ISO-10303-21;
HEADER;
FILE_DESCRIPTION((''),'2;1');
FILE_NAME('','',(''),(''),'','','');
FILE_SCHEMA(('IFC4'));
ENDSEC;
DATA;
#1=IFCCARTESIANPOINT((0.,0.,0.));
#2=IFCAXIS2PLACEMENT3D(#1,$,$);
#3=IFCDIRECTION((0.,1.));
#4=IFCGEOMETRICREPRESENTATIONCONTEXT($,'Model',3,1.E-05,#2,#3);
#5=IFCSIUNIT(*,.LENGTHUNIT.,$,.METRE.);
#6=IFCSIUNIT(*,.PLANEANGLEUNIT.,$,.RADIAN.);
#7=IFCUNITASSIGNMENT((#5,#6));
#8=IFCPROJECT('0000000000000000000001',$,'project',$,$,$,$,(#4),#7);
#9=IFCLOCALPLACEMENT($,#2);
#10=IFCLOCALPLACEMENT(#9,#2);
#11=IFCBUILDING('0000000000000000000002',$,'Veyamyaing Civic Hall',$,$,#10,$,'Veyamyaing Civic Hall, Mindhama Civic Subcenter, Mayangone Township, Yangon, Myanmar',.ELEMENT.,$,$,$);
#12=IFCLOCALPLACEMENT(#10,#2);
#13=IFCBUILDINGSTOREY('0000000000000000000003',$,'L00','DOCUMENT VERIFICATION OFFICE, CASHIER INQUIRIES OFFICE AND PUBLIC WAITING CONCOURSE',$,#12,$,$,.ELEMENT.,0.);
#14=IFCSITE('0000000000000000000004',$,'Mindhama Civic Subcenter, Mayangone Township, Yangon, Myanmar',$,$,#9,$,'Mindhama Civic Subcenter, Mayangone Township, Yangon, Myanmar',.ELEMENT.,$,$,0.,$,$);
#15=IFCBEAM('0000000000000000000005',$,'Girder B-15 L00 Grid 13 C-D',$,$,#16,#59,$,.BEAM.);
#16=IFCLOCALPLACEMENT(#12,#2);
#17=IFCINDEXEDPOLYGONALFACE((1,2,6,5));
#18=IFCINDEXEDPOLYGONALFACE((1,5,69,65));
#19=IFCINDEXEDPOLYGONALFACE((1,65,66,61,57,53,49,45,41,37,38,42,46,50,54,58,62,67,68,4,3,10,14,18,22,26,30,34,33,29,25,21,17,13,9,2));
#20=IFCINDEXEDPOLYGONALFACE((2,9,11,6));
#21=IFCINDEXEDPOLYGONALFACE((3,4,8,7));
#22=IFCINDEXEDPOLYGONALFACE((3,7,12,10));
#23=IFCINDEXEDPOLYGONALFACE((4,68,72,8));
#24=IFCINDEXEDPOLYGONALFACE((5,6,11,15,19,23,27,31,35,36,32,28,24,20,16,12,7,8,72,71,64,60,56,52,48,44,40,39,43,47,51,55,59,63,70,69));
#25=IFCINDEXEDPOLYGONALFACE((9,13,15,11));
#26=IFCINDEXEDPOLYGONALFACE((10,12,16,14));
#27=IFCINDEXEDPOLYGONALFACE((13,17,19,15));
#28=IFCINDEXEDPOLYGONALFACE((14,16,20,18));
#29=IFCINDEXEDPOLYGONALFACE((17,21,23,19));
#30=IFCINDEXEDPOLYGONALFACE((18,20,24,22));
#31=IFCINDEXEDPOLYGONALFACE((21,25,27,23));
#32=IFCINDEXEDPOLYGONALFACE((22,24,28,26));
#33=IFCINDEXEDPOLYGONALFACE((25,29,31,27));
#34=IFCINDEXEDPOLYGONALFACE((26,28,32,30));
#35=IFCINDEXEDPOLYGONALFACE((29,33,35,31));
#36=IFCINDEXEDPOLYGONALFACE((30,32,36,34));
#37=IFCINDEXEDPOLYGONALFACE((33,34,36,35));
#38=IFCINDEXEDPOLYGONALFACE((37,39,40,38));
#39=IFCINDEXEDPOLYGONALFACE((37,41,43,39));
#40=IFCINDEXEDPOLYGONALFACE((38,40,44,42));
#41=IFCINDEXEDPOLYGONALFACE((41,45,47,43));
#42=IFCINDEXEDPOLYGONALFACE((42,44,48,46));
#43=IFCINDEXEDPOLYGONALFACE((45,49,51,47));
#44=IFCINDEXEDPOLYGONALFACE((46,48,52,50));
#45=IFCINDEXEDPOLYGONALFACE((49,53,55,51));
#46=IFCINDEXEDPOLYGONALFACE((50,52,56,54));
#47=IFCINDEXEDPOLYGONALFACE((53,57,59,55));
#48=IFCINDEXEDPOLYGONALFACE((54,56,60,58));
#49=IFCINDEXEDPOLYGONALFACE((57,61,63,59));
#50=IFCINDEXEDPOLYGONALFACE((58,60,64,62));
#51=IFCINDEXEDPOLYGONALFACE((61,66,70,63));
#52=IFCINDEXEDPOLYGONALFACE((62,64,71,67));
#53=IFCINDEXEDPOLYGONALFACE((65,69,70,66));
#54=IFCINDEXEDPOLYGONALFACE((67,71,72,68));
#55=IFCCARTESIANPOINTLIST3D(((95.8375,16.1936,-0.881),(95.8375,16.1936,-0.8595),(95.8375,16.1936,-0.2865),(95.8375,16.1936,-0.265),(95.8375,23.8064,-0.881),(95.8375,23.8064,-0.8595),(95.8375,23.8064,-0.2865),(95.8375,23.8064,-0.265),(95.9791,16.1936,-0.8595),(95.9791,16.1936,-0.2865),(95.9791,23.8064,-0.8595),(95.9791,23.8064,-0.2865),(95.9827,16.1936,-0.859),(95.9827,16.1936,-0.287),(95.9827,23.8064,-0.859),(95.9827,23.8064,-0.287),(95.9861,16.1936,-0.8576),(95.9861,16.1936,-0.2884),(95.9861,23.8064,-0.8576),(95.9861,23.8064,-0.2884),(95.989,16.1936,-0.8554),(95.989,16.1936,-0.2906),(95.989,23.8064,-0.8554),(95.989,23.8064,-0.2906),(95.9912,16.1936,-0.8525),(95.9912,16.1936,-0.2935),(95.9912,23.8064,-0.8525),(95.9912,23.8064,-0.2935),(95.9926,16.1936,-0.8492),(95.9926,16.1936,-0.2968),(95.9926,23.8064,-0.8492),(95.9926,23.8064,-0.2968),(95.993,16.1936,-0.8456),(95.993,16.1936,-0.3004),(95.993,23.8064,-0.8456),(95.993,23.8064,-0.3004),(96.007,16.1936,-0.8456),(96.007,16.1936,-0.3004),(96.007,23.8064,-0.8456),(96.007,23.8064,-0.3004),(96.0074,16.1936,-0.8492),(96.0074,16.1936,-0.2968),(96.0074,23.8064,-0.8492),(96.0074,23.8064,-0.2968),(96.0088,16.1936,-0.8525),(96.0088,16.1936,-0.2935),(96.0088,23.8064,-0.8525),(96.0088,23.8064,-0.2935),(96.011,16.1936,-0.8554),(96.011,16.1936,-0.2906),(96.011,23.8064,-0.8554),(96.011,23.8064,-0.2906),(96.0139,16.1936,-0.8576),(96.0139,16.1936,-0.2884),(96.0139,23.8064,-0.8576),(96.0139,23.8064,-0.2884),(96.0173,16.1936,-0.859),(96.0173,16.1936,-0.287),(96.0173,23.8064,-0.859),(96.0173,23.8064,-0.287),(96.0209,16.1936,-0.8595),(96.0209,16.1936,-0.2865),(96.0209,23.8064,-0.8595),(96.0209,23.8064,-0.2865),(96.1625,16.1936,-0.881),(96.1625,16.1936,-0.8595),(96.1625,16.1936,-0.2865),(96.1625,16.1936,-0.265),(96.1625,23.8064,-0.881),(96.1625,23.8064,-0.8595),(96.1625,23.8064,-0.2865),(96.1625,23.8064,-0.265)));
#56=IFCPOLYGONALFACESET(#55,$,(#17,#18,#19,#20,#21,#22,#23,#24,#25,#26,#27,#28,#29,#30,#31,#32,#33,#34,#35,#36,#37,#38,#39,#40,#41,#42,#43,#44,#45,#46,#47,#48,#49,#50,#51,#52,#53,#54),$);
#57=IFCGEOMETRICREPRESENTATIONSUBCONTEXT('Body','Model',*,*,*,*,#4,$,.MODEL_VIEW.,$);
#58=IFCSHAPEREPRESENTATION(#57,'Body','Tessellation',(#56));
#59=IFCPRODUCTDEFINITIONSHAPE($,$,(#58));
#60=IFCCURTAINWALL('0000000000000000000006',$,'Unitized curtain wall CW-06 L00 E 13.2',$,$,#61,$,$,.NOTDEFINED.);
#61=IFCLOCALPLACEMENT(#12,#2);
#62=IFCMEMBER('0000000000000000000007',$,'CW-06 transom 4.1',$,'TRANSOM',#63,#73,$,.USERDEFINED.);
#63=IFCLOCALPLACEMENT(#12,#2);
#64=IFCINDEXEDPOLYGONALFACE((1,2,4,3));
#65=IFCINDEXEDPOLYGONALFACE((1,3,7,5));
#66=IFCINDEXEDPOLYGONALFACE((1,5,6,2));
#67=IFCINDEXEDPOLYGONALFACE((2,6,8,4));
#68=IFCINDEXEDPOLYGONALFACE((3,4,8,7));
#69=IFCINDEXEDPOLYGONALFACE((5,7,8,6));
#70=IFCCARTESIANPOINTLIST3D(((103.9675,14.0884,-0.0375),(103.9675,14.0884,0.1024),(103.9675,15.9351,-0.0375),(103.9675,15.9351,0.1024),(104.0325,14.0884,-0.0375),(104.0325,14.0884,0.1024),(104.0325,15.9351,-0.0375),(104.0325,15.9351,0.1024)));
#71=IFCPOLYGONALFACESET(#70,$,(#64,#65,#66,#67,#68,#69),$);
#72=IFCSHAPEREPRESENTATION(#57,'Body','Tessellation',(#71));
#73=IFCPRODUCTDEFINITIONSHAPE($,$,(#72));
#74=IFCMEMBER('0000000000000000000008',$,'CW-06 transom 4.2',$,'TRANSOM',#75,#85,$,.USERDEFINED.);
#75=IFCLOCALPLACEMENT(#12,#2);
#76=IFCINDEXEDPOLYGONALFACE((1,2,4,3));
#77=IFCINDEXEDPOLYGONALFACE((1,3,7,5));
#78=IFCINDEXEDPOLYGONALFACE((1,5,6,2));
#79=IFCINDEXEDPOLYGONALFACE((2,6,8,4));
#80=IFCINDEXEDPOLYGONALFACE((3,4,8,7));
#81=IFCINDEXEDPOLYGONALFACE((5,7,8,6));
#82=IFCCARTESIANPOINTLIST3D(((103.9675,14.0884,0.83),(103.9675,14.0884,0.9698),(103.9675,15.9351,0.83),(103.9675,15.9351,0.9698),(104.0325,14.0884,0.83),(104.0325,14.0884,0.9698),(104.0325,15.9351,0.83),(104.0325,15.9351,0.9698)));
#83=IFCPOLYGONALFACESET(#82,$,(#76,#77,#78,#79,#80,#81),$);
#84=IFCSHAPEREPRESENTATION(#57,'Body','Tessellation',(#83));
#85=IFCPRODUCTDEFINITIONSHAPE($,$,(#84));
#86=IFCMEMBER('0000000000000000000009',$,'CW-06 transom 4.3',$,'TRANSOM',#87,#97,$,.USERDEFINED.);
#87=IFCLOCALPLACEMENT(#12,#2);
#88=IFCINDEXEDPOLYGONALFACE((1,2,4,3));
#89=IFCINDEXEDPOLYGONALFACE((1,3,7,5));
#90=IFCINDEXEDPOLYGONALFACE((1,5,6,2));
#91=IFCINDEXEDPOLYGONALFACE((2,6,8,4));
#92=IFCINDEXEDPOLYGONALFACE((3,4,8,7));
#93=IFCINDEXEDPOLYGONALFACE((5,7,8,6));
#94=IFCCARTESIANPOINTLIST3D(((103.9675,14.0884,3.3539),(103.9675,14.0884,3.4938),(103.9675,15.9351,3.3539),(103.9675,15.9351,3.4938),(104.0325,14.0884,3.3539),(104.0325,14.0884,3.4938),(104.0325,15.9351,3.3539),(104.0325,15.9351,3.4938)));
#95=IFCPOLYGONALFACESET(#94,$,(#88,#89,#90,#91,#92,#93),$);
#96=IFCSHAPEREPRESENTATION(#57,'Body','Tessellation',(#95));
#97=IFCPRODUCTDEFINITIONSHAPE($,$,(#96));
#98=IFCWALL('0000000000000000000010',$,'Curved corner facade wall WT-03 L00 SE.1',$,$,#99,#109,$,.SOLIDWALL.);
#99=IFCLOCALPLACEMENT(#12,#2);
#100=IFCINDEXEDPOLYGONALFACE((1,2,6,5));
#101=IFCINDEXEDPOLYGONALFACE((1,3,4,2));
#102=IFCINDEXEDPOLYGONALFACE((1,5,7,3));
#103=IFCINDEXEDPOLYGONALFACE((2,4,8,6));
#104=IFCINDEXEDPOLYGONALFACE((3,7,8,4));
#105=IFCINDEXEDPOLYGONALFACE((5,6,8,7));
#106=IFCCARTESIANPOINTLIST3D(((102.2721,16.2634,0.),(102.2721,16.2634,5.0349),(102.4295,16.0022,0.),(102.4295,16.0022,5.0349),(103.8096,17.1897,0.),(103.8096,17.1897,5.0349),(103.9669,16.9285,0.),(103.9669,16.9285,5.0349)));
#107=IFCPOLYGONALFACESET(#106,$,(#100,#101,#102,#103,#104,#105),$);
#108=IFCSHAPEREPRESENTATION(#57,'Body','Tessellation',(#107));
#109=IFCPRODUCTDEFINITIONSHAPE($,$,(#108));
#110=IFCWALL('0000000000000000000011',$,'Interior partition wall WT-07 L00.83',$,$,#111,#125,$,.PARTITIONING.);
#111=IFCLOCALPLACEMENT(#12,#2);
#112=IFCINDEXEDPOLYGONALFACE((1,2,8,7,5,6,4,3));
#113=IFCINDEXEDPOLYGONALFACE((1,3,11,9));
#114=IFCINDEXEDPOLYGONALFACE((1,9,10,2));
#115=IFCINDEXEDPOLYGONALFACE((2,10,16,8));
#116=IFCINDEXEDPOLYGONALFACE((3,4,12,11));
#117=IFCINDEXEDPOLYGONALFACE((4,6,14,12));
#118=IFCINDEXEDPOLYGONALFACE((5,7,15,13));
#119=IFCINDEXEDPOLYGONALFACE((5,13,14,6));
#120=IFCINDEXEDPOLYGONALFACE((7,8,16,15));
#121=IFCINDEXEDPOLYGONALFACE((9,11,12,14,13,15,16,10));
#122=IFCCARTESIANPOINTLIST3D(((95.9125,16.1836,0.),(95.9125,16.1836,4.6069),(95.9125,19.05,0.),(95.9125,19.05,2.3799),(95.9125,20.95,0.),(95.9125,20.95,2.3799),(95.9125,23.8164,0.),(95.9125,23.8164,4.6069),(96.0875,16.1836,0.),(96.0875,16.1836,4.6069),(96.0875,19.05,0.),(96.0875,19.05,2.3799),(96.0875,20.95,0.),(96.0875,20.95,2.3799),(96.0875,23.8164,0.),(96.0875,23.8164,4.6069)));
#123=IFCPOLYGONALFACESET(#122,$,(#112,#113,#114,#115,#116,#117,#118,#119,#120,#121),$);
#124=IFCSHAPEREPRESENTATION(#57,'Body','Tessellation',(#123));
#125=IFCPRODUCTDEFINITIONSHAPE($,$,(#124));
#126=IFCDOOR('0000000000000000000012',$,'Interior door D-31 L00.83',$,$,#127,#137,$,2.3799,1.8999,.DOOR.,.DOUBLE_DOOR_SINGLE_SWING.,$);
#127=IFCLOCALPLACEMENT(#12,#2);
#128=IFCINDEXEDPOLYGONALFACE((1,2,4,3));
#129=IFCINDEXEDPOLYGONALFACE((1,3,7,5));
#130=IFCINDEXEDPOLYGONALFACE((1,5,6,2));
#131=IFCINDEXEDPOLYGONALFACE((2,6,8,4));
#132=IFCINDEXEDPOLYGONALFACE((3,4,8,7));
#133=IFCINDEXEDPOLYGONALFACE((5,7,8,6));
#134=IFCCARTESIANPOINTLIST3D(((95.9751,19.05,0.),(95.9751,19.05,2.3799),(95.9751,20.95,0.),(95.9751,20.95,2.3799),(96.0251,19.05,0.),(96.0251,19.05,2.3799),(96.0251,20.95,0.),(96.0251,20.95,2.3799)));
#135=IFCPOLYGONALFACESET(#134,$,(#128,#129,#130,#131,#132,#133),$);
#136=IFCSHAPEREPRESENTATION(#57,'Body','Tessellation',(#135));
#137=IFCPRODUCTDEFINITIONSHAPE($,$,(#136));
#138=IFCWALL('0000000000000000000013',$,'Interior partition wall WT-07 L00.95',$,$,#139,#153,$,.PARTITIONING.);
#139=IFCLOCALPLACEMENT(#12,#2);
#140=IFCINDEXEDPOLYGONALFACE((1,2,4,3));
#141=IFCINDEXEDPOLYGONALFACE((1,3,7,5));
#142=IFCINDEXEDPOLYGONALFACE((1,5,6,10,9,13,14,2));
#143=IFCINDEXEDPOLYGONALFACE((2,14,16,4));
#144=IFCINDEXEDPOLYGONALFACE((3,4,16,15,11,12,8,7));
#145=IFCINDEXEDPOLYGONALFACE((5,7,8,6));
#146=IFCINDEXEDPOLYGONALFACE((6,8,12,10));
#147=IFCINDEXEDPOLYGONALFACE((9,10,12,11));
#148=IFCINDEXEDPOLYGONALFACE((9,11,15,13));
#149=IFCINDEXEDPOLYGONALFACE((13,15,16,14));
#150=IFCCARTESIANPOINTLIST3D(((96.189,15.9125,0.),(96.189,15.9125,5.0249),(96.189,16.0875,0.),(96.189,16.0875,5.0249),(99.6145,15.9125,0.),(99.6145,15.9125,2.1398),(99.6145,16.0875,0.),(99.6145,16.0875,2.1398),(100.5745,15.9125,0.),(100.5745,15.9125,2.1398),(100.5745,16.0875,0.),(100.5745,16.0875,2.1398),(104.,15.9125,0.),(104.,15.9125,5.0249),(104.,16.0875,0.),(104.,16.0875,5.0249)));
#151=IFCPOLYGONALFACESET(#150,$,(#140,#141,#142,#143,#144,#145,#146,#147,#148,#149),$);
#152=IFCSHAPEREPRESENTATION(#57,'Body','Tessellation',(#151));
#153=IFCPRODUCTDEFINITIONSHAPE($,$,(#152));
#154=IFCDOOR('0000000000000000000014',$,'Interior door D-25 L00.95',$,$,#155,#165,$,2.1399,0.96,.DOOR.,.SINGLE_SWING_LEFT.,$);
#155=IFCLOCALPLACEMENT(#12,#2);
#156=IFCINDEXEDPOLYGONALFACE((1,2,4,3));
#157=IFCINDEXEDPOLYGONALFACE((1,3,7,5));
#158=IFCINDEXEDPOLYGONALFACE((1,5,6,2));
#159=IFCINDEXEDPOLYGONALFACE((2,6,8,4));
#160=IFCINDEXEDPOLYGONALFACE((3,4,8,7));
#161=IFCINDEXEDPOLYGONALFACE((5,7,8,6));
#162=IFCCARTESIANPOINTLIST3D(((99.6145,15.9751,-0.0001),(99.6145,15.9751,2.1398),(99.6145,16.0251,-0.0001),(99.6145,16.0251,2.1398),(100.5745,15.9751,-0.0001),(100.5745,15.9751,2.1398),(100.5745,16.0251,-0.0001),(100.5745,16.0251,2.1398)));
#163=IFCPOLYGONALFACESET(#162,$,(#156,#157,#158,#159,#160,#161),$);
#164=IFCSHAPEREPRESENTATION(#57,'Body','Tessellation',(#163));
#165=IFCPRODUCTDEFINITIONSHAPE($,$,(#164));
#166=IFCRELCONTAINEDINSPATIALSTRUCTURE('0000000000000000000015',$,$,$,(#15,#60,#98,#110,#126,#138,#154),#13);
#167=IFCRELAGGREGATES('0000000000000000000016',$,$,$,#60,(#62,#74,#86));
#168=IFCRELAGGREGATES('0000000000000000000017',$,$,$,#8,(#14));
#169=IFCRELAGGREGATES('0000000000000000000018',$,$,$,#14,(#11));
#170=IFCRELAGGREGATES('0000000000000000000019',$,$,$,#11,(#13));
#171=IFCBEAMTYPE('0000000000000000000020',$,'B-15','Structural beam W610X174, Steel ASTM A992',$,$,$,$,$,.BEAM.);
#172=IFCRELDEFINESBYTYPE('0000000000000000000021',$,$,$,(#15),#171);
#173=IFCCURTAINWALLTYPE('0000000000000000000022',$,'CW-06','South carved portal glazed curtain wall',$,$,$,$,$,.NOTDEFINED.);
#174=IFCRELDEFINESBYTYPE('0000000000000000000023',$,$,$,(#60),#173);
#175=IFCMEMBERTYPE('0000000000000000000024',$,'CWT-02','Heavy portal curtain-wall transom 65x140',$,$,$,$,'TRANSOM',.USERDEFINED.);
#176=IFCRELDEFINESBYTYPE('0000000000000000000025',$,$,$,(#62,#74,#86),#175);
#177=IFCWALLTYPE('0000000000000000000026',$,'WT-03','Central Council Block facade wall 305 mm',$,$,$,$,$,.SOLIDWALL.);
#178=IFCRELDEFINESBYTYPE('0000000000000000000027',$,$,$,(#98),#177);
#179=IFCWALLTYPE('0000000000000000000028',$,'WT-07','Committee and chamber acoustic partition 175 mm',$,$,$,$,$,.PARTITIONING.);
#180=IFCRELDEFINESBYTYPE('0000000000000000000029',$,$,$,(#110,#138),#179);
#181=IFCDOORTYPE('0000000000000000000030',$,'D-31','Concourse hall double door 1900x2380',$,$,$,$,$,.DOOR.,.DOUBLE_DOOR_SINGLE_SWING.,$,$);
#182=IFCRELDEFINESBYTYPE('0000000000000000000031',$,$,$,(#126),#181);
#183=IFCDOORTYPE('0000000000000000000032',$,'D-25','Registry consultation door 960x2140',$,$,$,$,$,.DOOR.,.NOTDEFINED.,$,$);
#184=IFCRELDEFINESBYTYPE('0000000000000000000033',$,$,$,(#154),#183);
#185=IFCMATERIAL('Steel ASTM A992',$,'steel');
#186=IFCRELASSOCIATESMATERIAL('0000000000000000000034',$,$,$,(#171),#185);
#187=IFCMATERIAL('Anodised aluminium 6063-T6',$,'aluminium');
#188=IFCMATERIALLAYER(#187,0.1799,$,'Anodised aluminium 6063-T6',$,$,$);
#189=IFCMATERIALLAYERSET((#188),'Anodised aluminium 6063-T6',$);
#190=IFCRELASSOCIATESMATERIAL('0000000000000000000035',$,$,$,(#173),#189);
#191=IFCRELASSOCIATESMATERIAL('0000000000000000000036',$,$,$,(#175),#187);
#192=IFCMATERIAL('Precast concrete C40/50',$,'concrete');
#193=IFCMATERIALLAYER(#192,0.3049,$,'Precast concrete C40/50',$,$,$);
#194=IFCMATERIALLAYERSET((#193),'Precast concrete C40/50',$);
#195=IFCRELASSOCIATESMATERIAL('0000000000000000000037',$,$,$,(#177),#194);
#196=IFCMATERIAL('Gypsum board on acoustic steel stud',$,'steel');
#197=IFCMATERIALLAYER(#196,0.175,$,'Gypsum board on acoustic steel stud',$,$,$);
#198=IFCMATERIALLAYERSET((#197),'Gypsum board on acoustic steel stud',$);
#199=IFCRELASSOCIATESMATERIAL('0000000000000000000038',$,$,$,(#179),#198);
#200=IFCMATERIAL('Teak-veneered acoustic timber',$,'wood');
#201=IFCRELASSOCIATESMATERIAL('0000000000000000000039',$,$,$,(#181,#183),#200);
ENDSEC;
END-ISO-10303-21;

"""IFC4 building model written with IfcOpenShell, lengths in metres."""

from ifc_helpers import new_model, si_unit, direction, frame, frame_2d, origin, origin_2d, place, context, subcontext, project, spatial, rectangle, i_section, extrude, material, layer, layer_set, material_profile, profile_set, type_object, element, fill, aggregate, save


model = new_model("IFC4")

# Units and contexts
model_context = context("Model", 3, precision=1e-05, world=origin(), true_north=direction((0.0, 1.0)))
body_context = subcontext(model_context, "Body", "Model", "MODEL_VIEW")
ifc_project = project(units=[si_unit("LENGTHUNIT", "METRE"), si_unit("PLANEANGLEUNIT", "RADIAN")], contexts=[model_context])

# Site, building, storey
site_placement = place(None, origin())
site = spatial("IfcSite", under=ifc_project, at=site_placement, Name="Mindhama Civic Subcenter, Mayangone Township, Yangon, Myanmar", LongName="Mindhama Civic Subcenter, Mayangone Township, Yangon, Myanmar", CompositionType="ELEMENT", RefElevation=0.0)
building_placement = place(site_placement, origin())
building = spatial("IfcBuilding", under=site, at=building_placement, Name="Veyamyaing Civic Hall", LongName="Veyamyaing Civic Hall, Mindhama Civic Subcenter, Mayangone Township, Yangon, Myanmar", CompositionType="ELEMENT")
storey_placement = place(building_placement, origin())
storey = spatial("IfcBuildingStorey", under=building, at=storey_placement, Name="L00", Description="DOCUMENT VERIFICATION OFFICE, CASHIER INQUIRIES OFFICE AND PUBLIC WAITING CONCOURSE", CompositionType="ELEMENT", Elevation=0.0)

# Beam
ifc_material_1 = material(Name="Steel ASTM A992", Category="steel")
ifc_material_profile_1 = material_profile(ifc_material_1, i_section(OverallWidth=0.325, OverallDepth=0.616, WebThickness=0.0139, FlangeThickness=0.0215, FilletRadius=0.0139, at=origin_2d()), Name="W610X174")
ifc_profile_set_1 = profile_set([ifc_material_profile_1], Name="Steel ASTM A992")
beam_type_1 = type_object("IfcBeamType", Name="B-15", Description="Structural beam W610X174, Steel ASTM A992", PredefinedType="BEAM", material=ifc_profile_set_1)
beam_1_placement = place(storey_placement, frame((96.0, 16.1936, -0.573), z_axis=(0.0, 1.0, 0.0), x_axis=(-1.0, 0.0, 0.0)))
element("IfcBeam", 1, at=beam_1_placement, inside=storey, type_object=beam_type_1, Name="Girder B-15 L00 Grid 13 C-D", PredefinedType="BEAM", context=body_context, shape_type="SweptSolid", body=[
    extrude(i_section(OverallWidth=0.325, OverallDepth=0.616, WebThickness=0.0139, FlangeThickness=0.0215, FilletRadius=0.0139, at=origin_2d()), origin(), (0.0, 0.0, 1.0), 7.6128),
])

# Curtain wall, members
ifc_material_2 = material(Name="Anodised aluminium 6063-T6", Category="aluminium")
ifc_layer_1 = layer(ifc_material_2, 0.1799, Name="Anodised aluminium 6063-T6")
ifc_layer_set_1 = layer_set([ifc_layer_1], Name="Anodised aluminium 6063-T6")
curtain_wall_type = type_object("IfcCurtainWallType", Name="CW-06", Description="South carved portal glazed curtain wall", PredefinedType="NOTDEFINED", material=ifc_layer_set_1)
curtain_wall_placement = place(storey_placement, origin())
curtain_wall = element("IfcCurtainWall", 2, at=curtain_wall_placement, inside=storey, type_object=curtain_wall_type, Name="Unitized curtain wall CW-06 L00 E 13.2", PredefinedType="NOTDEFINED")
ifc_material_profile_2 = material_profile(ifc_material_2, rectangle(XDim=0.0649, YDim=0.1399, at=origin_2d()), Name="ALU-TRN-65X140")
ifc_profile_set_2 = profile_set([ifc_material_profile_2], Name="Anodised aluminium 6063-T6")
member_type = type_object("IfcMemberType", Name="CWT-02", Description="Heavy portal curtain-wall transom 65x140", ElementType="TRANSOM", PredefinedType="USERDEFINED", material=ifc_profile_set_2)
member_1_placement = place(storey_placement, frame((104.0, 14.0884, 0.0325), z_axis=(0.0, 1.0, 0.0), x_axis=(-1.0, 0.0, 0.0)))
member_1 = element("IfcMember", 3, at=member_1_placement, type_object=member_type, Name="CW-06 transom 4.1", ObjectType="TRANSOM", PredefinedType="USERDEFINED", context=body_context, shape_type="SweptSolid", body=[
    extrude(rectangle(XDim=0.0649, YDim=0.1399, at=origin_2d()), origin(), (0.0, 0.0, 1.0), 1.8467),
])
member_2_placement = place(storey_placement, frame((104.0, 14.0884, 0.8999), z_axis=(0.0, 1.0, 0.0), x_axis=(-1.0, 0.0, 0.0)))
member_2 = element("IfcMember", 4, at=member_2_placement, type_object=member_type, Name="CW-06 transom 4.2", ObjectType="TRANSOM", PredefinedType="USERDEFINED", context=body_context, shape_type="SweptSolid", body=[
    extrude(rectangle(XDim=0.0649, YDim=0.1399, at=origin_2d()), origin(), (0.0, 0.0, 1.0), 1.8467),
])
member_3_placement = place(storey_placement, frame((104.0, 14.0884, 3.4238), z_axis=(0.0, 1.0, 0.0), x_axis=(-1.0, 0.0, 0.0)))
member_3 = element("IfcMember", 5, at=member_3_placement, type_object=member_type, Name="CW-06 transom 4.3", ObjectType="TRANSOM", PredefinedType="USERDEFINED", context=body_context, shape_type="SweptSolid", body=[
    extrude(rectangle(XDim=0.0649, YDim=0.1399, at=origin_2d()), origin(), (0.0, 0.0, 1.0), 1.8467),
])
aggregate(curtain_wall, [member_1, member_2, member_3])

# Wall
ifc_material_3 = material(Name="Precast concrete C40/50", Category="concrete")
ifc_layer_2 = layer(ifc_material_3, 0.3049, Name="Precast concrete C40/50")
ifc_layer_set_2 = layer_set([ifc_layer_2], Name="Precast concrete C40/50")
wall_type_1 = type_object("IfcWallType", Name="WT-03", Description="Central Council Block facade wall 305 mm", PredefinedType="SOLIDWALL", material=ifc_layer_set_2)
wall_1_placement = place(storey_placement, frame((102.3508, 16.1328, 0.0), z_axis=(0.0, 0.0, 1.0), x_axis=(0.856543, 0.516075, 0.0)))
element("IfcWall", 6, at=wall_1_placement, inside=storey, type_object=wall_type_1, Name="Curved corner facade wall WT-03 L00 SE.1", PredefinedType="SOLIDWALL", context=body_context, shape_type="SweptSolid", body=[
    extrude(rectangle(XDim=1.7949, YDim=0.3049, at=frame_2d((0.8975, 0.0))), origin(), (0.0, 0.0, 1.0), 5.0349),
])

# Walls, openings, doors
ifc_material_4 = material(Name="Gypsum board on acoustic steel stud", Category="steel")
ifc_layer_3 = layer(ifc_material_4, 0.175, Name="Gypsum board on acoustic steel stud")
ifc_layer_set_3 = layer_set([ifc_layer_3], Name="Gypsum board on acoustic steel stud")
wall_type_2 = type_object("IfcWallType", Name="WT-07", Description="Committee and chamber acoustic partition 175 mm", PredefinedType="PARTITIONING", material=ifc_layer_set_3)
wall_2_placement = place(storey_placement, frame((96.0, 16.1836, 0.0), z_axis=(0.0, 0.0, 1.0), x_axis=(0.0, 1.0, 0.0)))
wall_2 = element("IfcWall", 7, at=wall_2_placement, inside=storey, type_object=wall_type_2, Name="Interior partition wall WT-07 L00.83", PredefinedType="PARTITIONING", context=body_context, shape_type="SweptSolid", body=[
    extrude(rectangle(XDim=7.6328, YDim=0.175, at=frame_2d((3.8164, 0.0))), origin(), (0.0, 0.0, 1.0), 4.6069),
])
opening_1_placement = place(wall_2_placement, frame((2.8665, 0.0, 0.0)))
opening_1 = element("IfcOpeningElement", 8, at=opening_1_placement, cuts=wall_2, PredefinedType="OPENING", context=body_context, shape_type="SweptSolid", body=[
    extrude(rectangle(XDim=1.8999, YDim=2.3799, at=frame_2d((0.95, 1.1899))), frame((0.0, 0.0974, 0.0), z_axis=(0.0, -1.0, 0.0), x_axis=(1.0, 0.0, 0.0)), (0.0, 0.0, 1.0), 0.1951),
])
ifc_material_5 = material(Name="Teak-veneered acoustic timber", Category="wood")
door_type_1 = type_object("IfcDoorType", Name="D-31", Description="Concourse hall double door 1900x2380", OperationType="DOUBLE_DOOR_SINGLE_SWING", PredefinedType="DOOR", material=ifc_material_5)
door_1_placement = place(opening_1_placement, origin())
door_1 = element("IfcDoor", 9, at=door_1_placement, inside=storey, type_object=door_type_1, Name="Interior door D-31 L00.83", OperationType="DOUBLE_DOOR_SINGLE_SWING", OverallHeight=2.3799, OverallWidth=1.8999, PredefinedType="DOOR", context=body_context, shape_type="SweptSolid", body=[
    extrude(rectangle(XDim=1.8999, YDim=2.3799, at=frame_2d((0.95, 1.1899))), frame((0.0, 0.0249, 0.0), z_axis=(0.0, -1.0, 0.0), x_axis=(1.0, 0.0, 0.0)), (0.0, 0.0, 1.0), 0.05),
])
fill(opening_1, door_1)
wall_3_placement = place(storey_placement, frame((96.189, 16.0, 0.0), z_axis=(0.0, 0.0, 1.0), x_axis=(1.0, 0.0, 0.0)))
wall_3 = element("IfcWall", 10, at=wall_3_placement, inside=storey, type_object=wall_type_2, Name="Interior partition wall WT-07 L00.95", PredefinedType="PARTITIONING", context=body_context, shape_type="SweptSolid", body=[
    extrude(rectangle(XDim=7.811, YDim=0.175, at=frame_2d((3.9055, 0.0))), origin(), (0.0, 0.0, 1.0), 5.0249),
])
opening_2_placement = place(wall_3_placement, frame((3.4255, 0.0, 0.0)))
opening_2 = element("IfcOpeningElement", 11, at=opening_2_placement, cuts=wall_3, PredefinedType="OPENING", context=body_context, shape_type="SweptSolid", body=[
    extrude(rectangle(XDim=0.96, YDim=2.1399, at=frame_2d((0.48, 1.0698))), frame((0.0, 0.0974, 0.0), z_axis=(0.0, -1.0, 0.0), x_axis=(1.0, 0.0, 0.0)), (0.0, 0.0, 1.0), 0.1951),
])
door_type_2 = type_object("IfcDoorType", Name="D-25", Description="Registry consultation door 960x2140", OperationType="NOTDEFINED", PredefinedType="DOOR", material=ifc_material_5)
door_2_placement = place(opening_2_placement, frame((0.96, 0.0, 0.0), z_axis=(0.0, 0.0, 1.0), x_axis=(-1.0, 0.0, 0.0)))
door_2 = element("IfcDoor", 12, at=door_2_placement, inside=storey, type_object=door_type_2, Name="Interior door D-25 L00.95", OperationType="SINGLE_SWING_LEFT", OverallHeight=2.1399, OverallWidth=0.96, PredefinedType="DOOR", context=body_context, shape_type="SweptSolid", body=[
    extrude(rectangle(XDim=0.96, YDim=2.1399, at=frame_2d((0.48, 1.0698))), frame((0.0, 0.0249, 0.0), z_axis=(0.0, -1.0, 0.0), x_axis=(1.0, 0.0, 0.0)), (0.0, 0.0, 1.0), 0.05),
])
fill(opening_2, door_2)

save(model, "model.ifc")
